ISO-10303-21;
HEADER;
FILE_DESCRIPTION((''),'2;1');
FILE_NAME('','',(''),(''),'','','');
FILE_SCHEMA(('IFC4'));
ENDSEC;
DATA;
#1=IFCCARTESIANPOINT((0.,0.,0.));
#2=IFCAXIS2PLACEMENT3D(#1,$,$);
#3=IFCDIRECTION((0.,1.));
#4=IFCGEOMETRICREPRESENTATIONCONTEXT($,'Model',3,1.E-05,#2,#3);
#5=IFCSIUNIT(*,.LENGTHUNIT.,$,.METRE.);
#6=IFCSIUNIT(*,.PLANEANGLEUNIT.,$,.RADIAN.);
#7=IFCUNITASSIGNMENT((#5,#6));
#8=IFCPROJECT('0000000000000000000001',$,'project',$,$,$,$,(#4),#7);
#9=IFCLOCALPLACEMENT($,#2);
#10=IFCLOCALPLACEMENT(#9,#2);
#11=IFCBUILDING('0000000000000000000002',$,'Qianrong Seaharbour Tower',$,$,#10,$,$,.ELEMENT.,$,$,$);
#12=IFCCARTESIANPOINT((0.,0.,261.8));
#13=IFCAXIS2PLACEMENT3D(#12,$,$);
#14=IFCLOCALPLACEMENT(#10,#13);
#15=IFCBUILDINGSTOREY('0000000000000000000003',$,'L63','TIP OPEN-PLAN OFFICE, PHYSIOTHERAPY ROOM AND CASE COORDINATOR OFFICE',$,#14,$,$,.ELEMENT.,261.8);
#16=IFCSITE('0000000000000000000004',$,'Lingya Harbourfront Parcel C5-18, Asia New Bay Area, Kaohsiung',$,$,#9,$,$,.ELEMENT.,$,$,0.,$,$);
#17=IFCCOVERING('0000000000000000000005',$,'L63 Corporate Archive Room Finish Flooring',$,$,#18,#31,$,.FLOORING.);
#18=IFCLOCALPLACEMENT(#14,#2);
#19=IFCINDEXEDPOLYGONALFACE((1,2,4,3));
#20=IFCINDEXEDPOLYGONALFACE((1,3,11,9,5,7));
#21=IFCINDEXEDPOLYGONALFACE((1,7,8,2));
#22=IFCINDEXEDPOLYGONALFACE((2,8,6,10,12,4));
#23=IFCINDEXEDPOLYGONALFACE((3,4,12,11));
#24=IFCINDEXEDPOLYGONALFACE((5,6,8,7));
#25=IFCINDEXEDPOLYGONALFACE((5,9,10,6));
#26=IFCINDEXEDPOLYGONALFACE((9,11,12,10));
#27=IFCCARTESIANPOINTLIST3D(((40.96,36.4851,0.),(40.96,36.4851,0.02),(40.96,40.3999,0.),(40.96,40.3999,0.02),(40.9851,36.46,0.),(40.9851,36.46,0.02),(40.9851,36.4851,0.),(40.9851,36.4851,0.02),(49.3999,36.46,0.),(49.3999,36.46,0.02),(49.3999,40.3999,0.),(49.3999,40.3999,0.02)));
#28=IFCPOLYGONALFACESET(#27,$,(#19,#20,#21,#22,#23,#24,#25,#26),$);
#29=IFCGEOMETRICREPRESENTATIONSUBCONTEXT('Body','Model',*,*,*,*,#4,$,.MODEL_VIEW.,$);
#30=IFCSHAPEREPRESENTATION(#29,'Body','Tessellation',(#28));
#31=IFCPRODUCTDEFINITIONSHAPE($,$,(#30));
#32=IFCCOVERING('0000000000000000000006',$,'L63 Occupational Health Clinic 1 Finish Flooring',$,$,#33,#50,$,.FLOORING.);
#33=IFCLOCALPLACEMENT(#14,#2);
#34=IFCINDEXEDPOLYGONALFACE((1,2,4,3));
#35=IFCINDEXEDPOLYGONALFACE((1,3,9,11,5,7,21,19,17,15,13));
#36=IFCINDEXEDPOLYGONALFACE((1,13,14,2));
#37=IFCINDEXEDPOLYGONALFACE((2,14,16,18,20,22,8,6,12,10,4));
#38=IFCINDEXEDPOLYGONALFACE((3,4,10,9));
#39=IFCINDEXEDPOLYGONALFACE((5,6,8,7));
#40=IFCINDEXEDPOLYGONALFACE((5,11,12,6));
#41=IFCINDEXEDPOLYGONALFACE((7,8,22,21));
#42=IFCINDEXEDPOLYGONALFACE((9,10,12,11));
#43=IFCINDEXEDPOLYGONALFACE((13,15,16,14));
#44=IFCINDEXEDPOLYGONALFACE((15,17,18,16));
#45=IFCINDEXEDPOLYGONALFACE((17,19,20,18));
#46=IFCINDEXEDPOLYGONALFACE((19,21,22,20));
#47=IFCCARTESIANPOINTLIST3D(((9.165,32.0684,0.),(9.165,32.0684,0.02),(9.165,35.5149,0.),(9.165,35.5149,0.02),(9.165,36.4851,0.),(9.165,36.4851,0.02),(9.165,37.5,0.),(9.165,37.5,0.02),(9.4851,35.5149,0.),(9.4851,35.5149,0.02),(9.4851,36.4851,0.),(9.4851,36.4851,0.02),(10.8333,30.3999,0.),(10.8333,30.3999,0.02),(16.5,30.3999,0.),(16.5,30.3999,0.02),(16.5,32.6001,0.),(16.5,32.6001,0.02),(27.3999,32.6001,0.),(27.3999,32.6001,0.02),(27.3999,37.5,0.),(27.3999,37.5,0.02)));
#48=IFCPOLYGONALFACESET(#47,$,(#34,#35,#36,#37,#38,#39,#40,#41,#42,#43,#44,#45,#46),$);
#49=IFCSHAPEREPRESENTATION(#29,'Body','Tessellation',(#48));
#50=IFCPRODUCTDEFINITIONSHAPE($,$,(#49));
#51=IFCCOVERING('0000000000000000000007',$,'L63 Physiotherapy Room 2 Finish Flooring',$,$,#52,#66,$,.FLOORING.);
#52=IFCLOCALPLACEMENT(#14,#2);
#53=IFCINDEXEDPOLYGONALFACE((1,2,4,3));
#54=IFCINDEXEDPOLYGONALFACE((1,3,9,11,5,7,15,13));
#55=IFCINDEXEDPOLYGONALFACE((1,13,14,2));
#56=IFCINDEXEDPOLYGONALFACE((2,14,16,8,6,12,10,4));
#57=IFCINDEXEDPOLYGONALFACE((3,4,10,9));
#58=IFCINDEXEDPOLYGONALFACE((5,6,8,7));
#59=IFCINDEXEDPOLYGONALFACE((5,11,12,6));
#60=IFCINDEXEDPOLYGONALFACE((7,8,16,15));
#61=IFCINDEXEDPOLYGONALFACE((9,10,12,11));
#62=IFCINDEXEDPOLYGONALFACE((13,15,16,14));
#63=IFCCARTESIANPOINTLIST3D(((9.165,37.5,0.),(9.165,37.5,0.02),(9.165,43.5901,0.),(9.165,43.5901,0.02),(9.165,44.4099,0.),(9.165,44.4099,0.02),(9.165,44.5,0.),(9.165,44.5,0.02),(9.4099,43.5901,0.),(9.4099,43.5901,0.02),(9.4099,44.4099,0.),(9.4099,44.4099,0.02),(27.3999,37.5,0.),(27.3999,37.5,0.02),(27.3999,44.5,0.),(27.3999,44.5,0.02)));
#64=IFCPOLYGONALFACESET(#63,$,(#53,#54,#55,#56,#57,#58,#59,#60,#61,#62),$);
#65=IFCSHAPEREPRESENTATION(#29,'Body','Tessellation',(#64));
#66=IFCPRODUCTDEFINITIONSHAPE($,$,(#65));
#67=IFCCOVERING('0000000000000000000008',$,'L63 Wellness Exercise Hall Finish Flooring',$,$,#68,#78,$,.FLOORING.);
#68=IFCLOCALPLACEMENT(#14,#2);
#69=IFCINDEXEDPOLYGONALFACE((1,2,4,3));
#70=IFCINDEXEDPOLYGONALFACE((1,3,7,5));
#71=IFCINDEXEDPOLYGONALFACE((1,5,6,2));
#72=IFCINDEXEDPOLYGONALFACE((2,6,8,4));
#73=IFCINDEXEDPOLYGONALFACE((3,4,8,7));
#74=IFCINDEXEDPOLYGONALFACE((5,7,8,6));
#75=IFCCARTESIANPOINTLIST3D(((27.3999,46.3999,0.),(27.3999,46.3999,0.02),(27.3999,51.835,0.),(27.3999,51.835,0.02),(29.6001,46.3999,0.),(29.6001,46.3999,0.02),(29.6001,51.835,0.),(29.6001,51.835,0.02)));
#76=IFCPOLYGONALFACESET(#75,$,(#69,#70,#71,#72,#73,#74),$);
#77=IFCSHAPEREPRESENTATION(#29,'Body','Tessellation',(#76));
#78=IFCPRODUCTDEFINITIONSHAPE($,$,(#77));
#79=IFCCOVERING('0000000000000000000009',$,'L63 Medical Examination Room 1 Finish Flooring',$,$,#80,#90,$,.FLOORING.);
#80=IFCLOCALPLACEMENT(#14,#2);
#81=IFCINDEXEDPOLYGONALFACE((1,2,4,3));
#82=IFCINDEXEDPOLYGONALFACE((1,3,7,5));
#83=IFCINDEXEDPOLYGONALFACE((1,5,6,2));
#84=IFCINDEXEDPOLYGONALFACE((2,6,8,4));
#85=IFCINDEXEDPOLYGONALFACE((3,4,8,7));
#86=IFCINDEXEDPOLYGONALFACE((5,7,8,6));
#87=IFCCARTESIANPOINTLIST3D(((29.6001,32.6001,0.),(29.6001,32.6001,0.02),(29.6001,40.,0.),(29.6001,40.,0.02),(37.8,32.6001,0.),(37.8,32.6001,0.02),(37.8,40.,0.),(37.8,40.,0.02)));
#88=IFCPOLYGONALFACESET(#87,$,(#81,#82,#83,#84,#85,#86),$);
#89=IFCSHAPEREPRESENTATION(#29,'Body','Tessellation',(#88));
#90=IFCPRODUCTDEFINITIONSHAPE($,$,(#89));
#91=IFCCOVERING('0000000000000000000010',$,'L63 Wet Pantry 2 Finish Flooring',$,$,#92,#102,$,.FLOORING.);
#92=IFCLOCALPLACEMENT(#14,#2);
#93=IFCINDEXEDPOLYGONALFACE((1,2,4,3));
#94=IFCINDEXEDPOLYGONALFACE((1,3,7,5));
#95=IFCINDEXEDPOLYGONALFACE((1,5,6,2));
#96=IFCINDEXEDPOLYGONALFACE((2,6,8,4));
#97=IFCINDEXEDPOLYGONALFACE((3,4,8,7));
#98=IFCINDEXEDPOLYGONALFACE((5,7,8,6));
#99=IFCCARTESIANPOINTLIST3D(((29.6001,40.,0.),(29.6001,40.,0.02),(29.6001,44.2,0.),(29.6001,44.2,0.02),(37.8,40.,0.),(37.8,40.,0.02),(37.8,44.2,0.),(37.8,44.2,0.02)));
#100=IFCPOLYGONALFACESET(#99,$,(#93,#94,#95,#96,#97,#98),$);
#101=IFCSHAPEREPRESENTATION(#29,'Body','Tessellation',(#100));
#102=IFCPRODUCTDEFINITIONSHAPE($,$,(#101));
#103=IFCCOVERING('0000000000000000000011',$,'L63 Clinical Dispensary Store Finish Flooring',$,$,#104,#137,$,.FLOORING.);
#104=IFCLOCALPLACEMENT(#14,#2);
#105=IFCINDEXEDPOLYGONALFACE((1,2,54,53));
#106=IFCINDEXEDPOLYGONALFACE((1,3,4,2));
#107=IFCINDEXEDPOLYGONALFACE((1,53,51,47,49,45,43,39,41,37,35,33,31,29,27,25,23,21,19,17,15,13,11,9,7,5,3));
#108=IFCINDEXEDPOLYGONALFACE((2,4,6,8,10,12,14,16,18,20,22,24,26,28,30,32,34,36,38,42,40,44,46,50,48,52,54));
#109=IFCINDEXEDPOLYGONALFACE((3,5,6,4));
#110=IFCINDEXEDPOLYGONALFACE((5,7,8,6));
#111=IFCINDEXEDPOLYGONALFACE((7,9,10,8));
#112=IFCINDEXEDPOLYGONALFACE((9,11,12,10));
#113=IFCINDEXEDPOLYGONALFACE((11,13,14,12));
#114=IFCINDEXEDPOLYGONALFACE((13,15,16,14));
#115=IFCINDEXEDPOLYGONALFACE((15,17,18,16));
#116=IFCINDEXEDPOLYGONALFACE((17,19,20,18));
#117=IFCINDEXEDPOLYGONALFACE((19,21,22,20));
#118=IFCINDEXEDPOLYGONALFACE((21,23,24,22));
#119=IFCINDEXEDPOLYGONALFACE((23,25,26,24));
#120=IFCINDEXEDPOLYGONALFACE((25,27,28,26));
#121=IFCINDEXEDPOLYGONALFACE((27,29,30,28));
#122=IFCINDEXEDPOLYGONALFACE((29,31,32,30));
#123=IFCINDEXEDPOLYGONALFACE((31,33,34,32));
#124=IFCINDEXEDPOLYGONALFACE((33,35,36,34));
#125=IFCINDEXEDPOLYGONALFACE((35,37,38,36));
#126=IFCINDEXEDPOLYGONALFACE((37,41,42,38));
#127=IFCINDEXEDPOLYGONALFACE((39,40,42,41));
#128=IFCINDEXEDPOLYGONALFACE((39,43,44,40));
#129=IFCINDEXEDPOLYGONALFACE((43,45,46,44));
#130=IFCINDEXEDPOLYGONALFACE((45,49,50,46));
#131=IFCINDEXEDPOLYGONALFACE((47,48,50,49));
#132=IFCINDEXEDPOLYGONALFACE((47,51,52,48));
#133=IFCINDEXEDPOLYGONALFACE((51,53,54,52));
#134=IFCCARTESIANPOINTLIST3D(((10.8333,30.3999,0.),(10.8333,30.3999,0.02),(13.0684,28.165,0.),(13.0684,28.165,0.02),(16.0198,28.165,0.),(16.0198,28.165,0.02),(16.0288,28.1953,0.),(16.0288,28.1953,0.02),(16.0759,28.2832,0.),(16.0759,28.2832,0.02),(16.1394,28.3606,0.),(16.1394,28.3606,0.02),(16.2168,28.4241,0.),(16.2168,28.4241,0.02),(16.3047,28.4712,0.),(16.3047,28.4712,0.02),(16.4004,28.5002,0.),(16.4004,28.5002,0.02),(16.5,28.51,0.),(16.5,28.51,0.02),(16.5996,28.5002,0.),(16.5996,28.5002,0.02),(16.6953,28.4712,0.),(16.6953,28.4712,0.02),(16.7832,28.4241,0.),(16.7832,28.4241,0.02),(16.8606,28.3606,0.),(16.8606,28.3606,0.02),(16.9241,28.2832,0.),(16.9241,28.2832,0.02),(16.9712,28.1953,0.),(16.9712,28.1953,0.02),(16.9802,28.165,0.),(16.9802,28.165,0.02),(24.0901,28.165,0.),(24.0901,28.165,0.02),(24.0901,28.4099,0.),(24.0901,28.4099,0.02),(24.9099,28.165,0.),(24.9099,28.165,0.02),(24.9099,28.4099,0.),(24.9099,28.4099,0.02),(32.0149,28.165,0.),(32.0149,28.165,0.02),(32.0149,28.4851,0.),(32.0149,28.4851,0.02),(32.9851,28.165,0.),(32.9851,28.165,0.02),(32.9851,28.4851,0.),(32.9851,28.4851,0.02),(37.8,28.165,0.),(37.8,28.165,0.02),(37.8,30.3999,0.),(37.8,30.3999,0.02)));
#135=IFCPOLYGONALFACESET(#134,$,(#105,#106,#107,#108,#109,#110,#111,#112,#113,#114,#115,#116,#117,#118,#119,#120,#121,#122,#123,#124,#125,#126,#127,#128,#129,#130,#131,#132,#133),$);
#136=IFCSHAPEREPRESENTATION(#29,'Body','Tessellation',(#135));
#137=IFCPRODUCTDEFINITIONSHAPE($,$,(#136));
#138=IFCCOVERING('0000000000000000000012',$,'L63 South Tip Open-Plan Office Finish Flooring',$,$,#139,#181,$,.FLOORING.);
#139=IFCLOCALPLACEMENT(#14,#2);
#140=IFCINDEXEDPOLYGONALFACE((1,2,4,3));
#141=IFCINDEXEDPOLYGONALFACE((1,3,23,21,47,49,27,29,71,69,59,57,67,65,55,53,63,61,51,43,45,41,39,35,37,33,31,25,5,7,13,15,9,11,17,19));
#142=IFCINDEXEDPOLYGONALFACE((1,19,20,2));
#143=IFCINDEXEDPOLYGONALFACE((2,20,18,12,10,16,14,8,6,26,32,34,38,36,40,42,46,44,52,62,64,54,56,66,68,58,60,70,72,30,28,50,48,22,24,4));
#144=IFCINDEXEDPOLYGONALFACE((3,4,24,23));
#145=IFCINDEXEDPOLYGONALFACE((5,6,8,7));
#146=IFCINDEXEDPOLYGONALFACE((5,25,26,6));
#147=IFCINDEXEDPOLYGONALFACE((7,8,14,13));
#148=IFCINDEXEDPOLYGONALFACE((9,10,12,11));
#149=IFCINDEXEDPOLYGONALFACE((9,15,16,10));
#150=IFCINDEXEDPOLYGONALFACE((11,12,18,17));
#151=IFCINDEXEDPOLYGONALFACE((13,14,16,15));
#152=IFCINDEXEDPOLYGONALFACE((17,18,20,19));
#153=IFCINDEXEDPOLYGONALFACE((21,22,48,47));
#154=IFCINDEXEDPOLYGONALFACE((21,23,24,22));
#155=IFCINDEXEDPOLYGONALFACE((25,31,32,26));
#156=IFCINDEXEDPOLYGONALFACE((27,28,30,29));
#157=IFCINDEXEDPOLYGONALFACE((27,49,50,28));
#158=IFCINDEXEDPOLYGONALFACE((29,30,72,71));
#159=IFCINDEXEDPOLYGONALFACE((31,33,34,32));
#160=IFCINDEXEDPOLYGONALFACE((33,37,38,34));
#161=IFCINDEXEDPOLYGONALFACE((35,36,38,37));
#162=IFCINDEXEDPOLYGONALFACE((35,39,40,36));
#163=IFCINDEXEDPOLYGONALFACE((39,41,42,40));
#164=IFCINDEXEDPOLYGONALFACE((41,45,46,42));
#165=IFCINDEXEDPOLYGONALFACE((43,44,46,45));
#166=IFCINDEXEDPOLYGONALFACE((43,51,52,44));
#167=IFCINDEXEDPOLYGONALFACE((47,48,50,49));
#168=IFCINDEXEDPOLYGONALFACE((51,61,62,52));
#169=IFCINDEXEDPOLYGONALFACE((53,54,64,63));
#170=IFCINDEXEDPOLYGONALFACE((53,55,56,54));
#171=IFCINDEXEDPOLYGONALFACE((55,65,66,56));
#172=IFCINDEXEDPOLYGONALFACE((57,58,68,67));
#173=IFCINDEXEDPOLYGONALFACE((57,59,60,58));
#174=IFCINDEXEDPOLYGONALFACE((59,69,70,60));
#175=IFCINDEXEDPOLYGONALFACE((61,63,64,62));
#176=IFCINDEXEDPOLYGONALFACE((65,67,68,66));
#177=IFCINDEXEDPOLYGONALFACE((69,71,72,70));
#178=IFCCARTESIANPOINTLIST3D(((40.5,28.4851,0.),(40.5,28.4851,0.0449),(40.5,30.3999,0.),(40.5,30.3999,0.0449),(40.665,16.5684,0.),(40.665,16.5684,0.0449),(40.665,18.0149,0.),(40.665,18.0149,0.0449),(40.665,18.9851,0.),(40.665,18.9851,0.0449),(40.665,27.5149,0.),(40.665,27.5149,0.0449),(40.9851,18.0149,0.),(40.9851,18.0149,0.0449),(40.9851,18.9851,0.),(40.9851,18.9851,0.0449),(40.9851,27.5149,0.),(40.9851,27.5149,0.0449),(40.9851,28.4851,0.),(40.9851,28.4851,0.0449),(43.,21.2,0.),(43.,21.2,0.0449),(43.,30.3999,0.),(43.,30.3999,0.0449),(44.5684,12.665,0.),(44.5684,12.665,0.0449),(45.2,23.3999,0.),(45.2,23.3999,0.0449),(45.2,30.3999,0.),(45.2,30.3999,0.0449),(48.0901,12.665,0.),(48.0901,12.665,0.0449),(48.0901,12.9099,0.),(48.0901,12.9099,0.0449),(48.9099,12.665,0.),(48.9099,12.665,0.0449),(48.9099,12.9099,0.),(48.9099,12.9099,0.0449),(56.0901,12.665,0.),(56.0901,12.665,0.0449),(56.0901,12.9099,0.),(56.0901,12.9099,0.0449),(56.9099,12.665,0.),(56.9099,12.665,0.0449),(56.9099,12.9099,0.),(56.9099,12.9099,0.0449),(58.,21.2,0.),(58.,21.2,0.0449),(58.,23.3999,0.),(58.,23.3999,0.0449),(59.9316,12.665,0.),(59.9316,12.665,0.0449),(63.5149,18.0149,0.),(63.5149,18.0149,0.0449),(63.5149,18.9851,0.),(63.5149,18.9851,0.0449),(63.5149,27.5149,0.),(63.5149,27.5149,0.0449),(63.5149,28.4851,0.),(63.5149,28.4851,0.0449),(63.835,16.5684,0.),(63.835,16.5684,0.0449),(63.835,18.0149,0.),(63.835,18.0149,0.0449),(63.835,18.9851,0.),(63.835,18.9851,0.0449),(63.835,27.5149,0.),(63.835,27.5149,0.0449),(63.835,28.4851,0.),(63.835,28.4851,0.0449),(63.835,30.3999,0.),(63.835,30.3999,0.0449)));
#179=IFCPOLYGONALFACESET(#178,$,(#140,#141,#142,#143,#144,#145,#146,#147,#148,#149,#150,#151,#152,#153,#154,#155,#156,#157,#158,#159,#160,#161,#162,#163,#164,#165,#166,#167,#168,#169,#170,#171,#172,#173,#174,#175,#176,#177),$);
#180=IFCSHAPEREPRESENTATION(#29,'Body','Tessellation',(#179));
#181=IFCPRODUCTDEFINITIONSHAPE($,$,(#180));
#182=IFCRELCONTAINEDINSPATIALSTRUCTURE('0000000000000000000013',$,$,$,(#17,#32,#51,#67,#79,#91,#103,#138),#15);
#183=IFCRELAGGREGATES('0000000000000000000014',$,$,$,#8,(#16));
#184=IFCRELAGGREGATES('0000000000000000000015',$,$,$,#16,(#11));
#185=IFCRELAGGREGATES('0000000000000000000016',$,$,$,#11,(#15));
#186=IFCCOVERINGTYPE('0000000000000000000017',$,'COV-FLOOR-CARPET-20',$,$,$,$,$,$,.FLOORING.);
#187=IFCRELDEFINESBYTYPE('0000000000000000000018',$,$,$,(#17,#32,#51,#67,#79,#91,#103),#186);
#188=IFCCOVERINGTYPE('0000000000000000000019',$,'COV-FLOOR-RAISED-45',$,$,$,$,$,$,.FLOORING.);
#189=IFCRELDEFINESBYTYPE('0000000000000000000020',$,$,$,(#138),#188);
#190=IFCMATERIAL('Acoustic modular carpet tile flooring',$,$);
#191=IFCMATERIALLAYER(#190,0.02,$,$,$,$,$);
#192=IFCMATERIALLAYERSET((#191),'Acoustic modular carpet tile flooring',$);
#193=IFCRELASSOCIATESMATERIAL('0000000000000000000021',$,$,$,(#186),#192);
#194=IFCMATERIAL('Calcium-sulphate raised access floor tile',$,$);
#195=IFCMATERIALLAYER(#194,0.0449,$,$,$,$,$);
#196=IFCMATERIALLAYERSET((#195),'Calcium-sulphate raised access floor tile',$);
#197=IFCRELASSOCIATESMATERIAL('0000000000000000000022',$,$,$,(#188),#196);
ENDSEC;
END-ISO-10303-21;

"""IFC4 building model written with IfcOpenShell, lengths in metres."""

from ifc_helpers import new_model, si_unit, direction, frame, origin, place, context, subcontext, project, spatial, polyline, outline, extrude, material, layer, layer_set, type_object, element, save


model = new_model("IFC4")

# Units and contexts
model_context = context("Model", 3, precision=1e-05, world=origin(), true_north=direction((0.0, 1.0)))
body_context = subcontext(model_context, "Body", "Model", "MODEL_VIEW")
ifc_project = project(units=[si_unit("LENGTHUNIT", "METRE"), si_unit("PLANEANGLEUNIT", "RADIAN")], contexts=[model_context])

# Site, building, storey
site_placement = place(None, origin())
site = spatial("IfcSite", under=ifc_project, at=site_placement, Name="Lingya Harbourfront Parcel C5-18, Asia New Bay Area, Kaohsiung", CompositionType="ELEMENT", RefElevation=0.0)
building_placement = place(site_placement, origin())
building = spatial("IfcBuilding", under=site, at=building_placement, Name="Qianrong Seaharbour Tower", CompositionType="ELEMENT")
storey_placement = place(building_placement, frame((0.0, 0.0, 261.8)))
storey = spatial("IfcBuildingStorey", under=building, at=storey_placement, Name="L63", Description="TIP OPEN-PLAN OFFICE, PHYSIOTHERAPY ROOM AND CASE COORDINATOR OFFICE", CompositionType="ELEMENT", Elevation=261.8)

# Coverings
ifc_material_1 = material(Name="Acoustic modular carpet tile flooring")
ifc_layer_1 = layer(ifc_material_1, 0.02)
ifc_layer_set_1 = layer_set([ifc_layer_1], Name="Acoustic modular carpet tile flooring")
covering_type_1 = type_object("IfcCoveringType", Name="COV-FLOOR-CARPET-20", PredefinedType="FLOORING", material=ifc_layer_set_1)
covering_1_placement = place(storey_placement, origin())
element("IfcCovering", 1, at=covering_1_placement, inside=storey, type_object=covering_type_1, Name="L63 Corporate Archive Room Finish Flooring", PredefinedType="FLOORING", context=body_context, shape_type="SweptSolid", body=[
    extrude(outline(polyline([(49.3999, 40.3999), (49.3999, 36.46), (40.9851, 36.46), (40.9851, 36.4851), (40.96, 36.4851), (40.96, 40.3999), (49.3999, 40.3999)])), origin(), (0.0, 0.0, 1.0), 0.02),
])
covering_2_placement = place(storey_placement, origin())
element("IfcCovering", 2, at=covering_2_placement, inside=storey, type_object=covering_type_1, Name="L63 Occupational Health Clinic 1 Finish Flooring", PredefinedType="FLOORING", context=body_context, shape_type="SweptSolid", body=[
    extrude(outline(polyline([(16.5, 32.6001), (16.5, 30.3999), (10.8333, 30.3999), (9.165, 32.0684), (9.165, 35.5149), (9.4851, 35.5149), (9.4851, 36.4851), (9.165, 36.4851), (9.165, 37.5), (27.3999, 37.5), (27.3999, 32.6001), (16.5, 32.6001)])), origin(), (0.0, 0.0, 1.0), 0.02),
])
covering_3_placement = place(storey_placement, origin())
element("IfcCovering", 3, at=covering_3_placement, inside=storey, type_object=covering_type_1, Name="L63 Physiotherapy Room 2 Finish Flooring", PredefinedType="FLOORING", context=body_context, shape_type="SweptSolid", body=[
    extrude(outline(polyline([(9.165, 37.5), (9.165, 43.5901), (9.4099, 43.5901), (9.4099, 44.4099), (9.165, 44.4099), (9.165, 44.5), (27.3999, 44.5), (27.3999, 37.5), (9.165, 37.5)])), origin(), (0.0, 0.0, 1.0), 0.02),
])
covering_4_placement = place(storey_placement, origin())
element("IfcCovering", 4, at=covering_4_placement, inside=storey, type_object=covering_type_1, Name="L63 Wellness Exercise Hall Finish Flooring", PredefinedType="FLOORING", context=body_context, shape_type="SweptSolid", body=[
    extrude(outline(polyline([(29.6001, 46.3999), (27.3999, 46.3999), (27.3999, 51.835), (29.6001, 51.835), (29.6001, 46.3999)])), origin(), (0.0, 0.0, 1.0), 0.02),
])
covering_5_placement = place(storey_placement, origin())
element("IfcCovering", 5, at=covering_5_placement, inside=storey, type_object=covering_type_1, Name="L63 Medical Examination Room 1 Finish Flooring", PredefinedType="FLOORING", context=body_context, shape_type="SweptSolid", body=[
    extrude(outline(polyline([(37.8, 32.6001), (29.6001, 32.6001), (29.6001, 40.0), (37.8, 40.0), (37.8, 32.6001)])), origin(), (0.0, 0.0, 1.0), 0.02),
])
covering_6_placement = place(storey_placement, origin())
element("IfcCovering", 6, at=covering_6_placement, inside=storey, type_object=covering_type_1, Name="L63 Wet Pantry 2 Finish Flooring", PredefinedType="FLOORING", context=body_context, shape_type="SweptSolid", body=[
    extrude(outline(polyline([(29.6001, 44.2), (37.8, 44.2), (37.8, 40.0), (29.6001, 40.0), (29.6001, 44.2)])), origin(), (0.0, 0.0, 1.0), 0.02),
])
covering_7_placement = place(storey_placement, origin())
element("IfcCovering", 7, at=covering_7_placement, inside=storey, type_object=covering_type_1, Name="L63 Clinical Dispensary Store Finish Flooring", PredefinedType="FLOORING", context=body_context, shape_type="SweptSolid", body=[
    extrude(outline(polyline([(32.9851, 28.165), (32.9851, 28.4851), (32.0149, 28.4851), (32.0149, 28.165), (24.9099, 28.165), (24.9099, 28.4099), (24.0901, 28.4099), (24.0901, 28.165), (16.9802, 28.165), (16.9712, 28.1953), (16.9241, 28.2832), (16.8606, 28.3606), (16.7832, 28.4241), (16.6953, 28.4712), (16.5996, 28.5002), (16.5, 28.51), (16.4004, 28.5002), (16.3047, 28.4712), (16.2168, 28.4241), (16.1394, 28.3606), (16.0759, 28.2832), (16.0288, 28.1953), (16.0198, 28.165), (13.0684, 28.165), (10.8333, 30.3999), (37.8, 30.3999), (37.8, 28.165), (32.9851, 28.165)])), origin(), (0.0, 0.0, 1.0), 0.02),
])
ifc_material_2 = material(Name="Calcium-sulphate raised access floor tile")
ifc_layer_2 = layer(ifc_material_2, 0.0449)
ifc_layer_set_2 = layer_set([ifc_layer_2], Name="Calcium-sulphate raised access floor tile")
covering_type_2 = type_object("IfcCoveringType", Name="COV-FLOOR-RAISED-45", PredefinedType="FLOORING", material=ifc_layer_set_2)
covering_8_placement = place(storey_placement, origin())
element("IfcCovering", 8, at=covering_8_placement, inside=storey, type_object=covering_type_2, Name="L63 South Tip Open-Plan Office Finish Flooring", PredefinedType="FLOORING", context=body_context, shape_type="SweptSolid", body=[
    extrude(outline(polyline([(43.0, 21.2), (58.0, 21.2), (58.0, 23.3999), (45.2, 23.3999), (45.2, 30.3999), (63.835, 30.3999), (63.835, 28.4851), (63.5149, 28.4851), (63.5149, 27.5149), (63.835, 27.5149), (63.835, 18.9851), (63.5149, 18.9851), (63.5149, 18.0149), (63.835, 18.0149), (63.835, 16.5684), (59.9316, 12.665), (56.9099, 12.665), (56.9099, 12.9099), (56.0901, 12.9099), (56.0901, 12.665), (48.9099, 12.665), (48.9099, 12.9099), (48.0901, 12.9099), (48.0901, 12.665), (44.5684, 12.665), (40.665, 16.5684), (40.665, 18.0149), (40.9851, 18.0149), (40.9851, 18.9851), (40.665, 18.9851), (40.665, 27.5149), (40.9851, 27.5149), (40.9851, 28.4851), (40.5, 28.4851), (40.5, 30.3999), (43.0, 30.3999), (43.0, 21.2)])), origin(), (0.0, 0.0, 1.0), 0.0449),
])

save(model, "model.ifc")
